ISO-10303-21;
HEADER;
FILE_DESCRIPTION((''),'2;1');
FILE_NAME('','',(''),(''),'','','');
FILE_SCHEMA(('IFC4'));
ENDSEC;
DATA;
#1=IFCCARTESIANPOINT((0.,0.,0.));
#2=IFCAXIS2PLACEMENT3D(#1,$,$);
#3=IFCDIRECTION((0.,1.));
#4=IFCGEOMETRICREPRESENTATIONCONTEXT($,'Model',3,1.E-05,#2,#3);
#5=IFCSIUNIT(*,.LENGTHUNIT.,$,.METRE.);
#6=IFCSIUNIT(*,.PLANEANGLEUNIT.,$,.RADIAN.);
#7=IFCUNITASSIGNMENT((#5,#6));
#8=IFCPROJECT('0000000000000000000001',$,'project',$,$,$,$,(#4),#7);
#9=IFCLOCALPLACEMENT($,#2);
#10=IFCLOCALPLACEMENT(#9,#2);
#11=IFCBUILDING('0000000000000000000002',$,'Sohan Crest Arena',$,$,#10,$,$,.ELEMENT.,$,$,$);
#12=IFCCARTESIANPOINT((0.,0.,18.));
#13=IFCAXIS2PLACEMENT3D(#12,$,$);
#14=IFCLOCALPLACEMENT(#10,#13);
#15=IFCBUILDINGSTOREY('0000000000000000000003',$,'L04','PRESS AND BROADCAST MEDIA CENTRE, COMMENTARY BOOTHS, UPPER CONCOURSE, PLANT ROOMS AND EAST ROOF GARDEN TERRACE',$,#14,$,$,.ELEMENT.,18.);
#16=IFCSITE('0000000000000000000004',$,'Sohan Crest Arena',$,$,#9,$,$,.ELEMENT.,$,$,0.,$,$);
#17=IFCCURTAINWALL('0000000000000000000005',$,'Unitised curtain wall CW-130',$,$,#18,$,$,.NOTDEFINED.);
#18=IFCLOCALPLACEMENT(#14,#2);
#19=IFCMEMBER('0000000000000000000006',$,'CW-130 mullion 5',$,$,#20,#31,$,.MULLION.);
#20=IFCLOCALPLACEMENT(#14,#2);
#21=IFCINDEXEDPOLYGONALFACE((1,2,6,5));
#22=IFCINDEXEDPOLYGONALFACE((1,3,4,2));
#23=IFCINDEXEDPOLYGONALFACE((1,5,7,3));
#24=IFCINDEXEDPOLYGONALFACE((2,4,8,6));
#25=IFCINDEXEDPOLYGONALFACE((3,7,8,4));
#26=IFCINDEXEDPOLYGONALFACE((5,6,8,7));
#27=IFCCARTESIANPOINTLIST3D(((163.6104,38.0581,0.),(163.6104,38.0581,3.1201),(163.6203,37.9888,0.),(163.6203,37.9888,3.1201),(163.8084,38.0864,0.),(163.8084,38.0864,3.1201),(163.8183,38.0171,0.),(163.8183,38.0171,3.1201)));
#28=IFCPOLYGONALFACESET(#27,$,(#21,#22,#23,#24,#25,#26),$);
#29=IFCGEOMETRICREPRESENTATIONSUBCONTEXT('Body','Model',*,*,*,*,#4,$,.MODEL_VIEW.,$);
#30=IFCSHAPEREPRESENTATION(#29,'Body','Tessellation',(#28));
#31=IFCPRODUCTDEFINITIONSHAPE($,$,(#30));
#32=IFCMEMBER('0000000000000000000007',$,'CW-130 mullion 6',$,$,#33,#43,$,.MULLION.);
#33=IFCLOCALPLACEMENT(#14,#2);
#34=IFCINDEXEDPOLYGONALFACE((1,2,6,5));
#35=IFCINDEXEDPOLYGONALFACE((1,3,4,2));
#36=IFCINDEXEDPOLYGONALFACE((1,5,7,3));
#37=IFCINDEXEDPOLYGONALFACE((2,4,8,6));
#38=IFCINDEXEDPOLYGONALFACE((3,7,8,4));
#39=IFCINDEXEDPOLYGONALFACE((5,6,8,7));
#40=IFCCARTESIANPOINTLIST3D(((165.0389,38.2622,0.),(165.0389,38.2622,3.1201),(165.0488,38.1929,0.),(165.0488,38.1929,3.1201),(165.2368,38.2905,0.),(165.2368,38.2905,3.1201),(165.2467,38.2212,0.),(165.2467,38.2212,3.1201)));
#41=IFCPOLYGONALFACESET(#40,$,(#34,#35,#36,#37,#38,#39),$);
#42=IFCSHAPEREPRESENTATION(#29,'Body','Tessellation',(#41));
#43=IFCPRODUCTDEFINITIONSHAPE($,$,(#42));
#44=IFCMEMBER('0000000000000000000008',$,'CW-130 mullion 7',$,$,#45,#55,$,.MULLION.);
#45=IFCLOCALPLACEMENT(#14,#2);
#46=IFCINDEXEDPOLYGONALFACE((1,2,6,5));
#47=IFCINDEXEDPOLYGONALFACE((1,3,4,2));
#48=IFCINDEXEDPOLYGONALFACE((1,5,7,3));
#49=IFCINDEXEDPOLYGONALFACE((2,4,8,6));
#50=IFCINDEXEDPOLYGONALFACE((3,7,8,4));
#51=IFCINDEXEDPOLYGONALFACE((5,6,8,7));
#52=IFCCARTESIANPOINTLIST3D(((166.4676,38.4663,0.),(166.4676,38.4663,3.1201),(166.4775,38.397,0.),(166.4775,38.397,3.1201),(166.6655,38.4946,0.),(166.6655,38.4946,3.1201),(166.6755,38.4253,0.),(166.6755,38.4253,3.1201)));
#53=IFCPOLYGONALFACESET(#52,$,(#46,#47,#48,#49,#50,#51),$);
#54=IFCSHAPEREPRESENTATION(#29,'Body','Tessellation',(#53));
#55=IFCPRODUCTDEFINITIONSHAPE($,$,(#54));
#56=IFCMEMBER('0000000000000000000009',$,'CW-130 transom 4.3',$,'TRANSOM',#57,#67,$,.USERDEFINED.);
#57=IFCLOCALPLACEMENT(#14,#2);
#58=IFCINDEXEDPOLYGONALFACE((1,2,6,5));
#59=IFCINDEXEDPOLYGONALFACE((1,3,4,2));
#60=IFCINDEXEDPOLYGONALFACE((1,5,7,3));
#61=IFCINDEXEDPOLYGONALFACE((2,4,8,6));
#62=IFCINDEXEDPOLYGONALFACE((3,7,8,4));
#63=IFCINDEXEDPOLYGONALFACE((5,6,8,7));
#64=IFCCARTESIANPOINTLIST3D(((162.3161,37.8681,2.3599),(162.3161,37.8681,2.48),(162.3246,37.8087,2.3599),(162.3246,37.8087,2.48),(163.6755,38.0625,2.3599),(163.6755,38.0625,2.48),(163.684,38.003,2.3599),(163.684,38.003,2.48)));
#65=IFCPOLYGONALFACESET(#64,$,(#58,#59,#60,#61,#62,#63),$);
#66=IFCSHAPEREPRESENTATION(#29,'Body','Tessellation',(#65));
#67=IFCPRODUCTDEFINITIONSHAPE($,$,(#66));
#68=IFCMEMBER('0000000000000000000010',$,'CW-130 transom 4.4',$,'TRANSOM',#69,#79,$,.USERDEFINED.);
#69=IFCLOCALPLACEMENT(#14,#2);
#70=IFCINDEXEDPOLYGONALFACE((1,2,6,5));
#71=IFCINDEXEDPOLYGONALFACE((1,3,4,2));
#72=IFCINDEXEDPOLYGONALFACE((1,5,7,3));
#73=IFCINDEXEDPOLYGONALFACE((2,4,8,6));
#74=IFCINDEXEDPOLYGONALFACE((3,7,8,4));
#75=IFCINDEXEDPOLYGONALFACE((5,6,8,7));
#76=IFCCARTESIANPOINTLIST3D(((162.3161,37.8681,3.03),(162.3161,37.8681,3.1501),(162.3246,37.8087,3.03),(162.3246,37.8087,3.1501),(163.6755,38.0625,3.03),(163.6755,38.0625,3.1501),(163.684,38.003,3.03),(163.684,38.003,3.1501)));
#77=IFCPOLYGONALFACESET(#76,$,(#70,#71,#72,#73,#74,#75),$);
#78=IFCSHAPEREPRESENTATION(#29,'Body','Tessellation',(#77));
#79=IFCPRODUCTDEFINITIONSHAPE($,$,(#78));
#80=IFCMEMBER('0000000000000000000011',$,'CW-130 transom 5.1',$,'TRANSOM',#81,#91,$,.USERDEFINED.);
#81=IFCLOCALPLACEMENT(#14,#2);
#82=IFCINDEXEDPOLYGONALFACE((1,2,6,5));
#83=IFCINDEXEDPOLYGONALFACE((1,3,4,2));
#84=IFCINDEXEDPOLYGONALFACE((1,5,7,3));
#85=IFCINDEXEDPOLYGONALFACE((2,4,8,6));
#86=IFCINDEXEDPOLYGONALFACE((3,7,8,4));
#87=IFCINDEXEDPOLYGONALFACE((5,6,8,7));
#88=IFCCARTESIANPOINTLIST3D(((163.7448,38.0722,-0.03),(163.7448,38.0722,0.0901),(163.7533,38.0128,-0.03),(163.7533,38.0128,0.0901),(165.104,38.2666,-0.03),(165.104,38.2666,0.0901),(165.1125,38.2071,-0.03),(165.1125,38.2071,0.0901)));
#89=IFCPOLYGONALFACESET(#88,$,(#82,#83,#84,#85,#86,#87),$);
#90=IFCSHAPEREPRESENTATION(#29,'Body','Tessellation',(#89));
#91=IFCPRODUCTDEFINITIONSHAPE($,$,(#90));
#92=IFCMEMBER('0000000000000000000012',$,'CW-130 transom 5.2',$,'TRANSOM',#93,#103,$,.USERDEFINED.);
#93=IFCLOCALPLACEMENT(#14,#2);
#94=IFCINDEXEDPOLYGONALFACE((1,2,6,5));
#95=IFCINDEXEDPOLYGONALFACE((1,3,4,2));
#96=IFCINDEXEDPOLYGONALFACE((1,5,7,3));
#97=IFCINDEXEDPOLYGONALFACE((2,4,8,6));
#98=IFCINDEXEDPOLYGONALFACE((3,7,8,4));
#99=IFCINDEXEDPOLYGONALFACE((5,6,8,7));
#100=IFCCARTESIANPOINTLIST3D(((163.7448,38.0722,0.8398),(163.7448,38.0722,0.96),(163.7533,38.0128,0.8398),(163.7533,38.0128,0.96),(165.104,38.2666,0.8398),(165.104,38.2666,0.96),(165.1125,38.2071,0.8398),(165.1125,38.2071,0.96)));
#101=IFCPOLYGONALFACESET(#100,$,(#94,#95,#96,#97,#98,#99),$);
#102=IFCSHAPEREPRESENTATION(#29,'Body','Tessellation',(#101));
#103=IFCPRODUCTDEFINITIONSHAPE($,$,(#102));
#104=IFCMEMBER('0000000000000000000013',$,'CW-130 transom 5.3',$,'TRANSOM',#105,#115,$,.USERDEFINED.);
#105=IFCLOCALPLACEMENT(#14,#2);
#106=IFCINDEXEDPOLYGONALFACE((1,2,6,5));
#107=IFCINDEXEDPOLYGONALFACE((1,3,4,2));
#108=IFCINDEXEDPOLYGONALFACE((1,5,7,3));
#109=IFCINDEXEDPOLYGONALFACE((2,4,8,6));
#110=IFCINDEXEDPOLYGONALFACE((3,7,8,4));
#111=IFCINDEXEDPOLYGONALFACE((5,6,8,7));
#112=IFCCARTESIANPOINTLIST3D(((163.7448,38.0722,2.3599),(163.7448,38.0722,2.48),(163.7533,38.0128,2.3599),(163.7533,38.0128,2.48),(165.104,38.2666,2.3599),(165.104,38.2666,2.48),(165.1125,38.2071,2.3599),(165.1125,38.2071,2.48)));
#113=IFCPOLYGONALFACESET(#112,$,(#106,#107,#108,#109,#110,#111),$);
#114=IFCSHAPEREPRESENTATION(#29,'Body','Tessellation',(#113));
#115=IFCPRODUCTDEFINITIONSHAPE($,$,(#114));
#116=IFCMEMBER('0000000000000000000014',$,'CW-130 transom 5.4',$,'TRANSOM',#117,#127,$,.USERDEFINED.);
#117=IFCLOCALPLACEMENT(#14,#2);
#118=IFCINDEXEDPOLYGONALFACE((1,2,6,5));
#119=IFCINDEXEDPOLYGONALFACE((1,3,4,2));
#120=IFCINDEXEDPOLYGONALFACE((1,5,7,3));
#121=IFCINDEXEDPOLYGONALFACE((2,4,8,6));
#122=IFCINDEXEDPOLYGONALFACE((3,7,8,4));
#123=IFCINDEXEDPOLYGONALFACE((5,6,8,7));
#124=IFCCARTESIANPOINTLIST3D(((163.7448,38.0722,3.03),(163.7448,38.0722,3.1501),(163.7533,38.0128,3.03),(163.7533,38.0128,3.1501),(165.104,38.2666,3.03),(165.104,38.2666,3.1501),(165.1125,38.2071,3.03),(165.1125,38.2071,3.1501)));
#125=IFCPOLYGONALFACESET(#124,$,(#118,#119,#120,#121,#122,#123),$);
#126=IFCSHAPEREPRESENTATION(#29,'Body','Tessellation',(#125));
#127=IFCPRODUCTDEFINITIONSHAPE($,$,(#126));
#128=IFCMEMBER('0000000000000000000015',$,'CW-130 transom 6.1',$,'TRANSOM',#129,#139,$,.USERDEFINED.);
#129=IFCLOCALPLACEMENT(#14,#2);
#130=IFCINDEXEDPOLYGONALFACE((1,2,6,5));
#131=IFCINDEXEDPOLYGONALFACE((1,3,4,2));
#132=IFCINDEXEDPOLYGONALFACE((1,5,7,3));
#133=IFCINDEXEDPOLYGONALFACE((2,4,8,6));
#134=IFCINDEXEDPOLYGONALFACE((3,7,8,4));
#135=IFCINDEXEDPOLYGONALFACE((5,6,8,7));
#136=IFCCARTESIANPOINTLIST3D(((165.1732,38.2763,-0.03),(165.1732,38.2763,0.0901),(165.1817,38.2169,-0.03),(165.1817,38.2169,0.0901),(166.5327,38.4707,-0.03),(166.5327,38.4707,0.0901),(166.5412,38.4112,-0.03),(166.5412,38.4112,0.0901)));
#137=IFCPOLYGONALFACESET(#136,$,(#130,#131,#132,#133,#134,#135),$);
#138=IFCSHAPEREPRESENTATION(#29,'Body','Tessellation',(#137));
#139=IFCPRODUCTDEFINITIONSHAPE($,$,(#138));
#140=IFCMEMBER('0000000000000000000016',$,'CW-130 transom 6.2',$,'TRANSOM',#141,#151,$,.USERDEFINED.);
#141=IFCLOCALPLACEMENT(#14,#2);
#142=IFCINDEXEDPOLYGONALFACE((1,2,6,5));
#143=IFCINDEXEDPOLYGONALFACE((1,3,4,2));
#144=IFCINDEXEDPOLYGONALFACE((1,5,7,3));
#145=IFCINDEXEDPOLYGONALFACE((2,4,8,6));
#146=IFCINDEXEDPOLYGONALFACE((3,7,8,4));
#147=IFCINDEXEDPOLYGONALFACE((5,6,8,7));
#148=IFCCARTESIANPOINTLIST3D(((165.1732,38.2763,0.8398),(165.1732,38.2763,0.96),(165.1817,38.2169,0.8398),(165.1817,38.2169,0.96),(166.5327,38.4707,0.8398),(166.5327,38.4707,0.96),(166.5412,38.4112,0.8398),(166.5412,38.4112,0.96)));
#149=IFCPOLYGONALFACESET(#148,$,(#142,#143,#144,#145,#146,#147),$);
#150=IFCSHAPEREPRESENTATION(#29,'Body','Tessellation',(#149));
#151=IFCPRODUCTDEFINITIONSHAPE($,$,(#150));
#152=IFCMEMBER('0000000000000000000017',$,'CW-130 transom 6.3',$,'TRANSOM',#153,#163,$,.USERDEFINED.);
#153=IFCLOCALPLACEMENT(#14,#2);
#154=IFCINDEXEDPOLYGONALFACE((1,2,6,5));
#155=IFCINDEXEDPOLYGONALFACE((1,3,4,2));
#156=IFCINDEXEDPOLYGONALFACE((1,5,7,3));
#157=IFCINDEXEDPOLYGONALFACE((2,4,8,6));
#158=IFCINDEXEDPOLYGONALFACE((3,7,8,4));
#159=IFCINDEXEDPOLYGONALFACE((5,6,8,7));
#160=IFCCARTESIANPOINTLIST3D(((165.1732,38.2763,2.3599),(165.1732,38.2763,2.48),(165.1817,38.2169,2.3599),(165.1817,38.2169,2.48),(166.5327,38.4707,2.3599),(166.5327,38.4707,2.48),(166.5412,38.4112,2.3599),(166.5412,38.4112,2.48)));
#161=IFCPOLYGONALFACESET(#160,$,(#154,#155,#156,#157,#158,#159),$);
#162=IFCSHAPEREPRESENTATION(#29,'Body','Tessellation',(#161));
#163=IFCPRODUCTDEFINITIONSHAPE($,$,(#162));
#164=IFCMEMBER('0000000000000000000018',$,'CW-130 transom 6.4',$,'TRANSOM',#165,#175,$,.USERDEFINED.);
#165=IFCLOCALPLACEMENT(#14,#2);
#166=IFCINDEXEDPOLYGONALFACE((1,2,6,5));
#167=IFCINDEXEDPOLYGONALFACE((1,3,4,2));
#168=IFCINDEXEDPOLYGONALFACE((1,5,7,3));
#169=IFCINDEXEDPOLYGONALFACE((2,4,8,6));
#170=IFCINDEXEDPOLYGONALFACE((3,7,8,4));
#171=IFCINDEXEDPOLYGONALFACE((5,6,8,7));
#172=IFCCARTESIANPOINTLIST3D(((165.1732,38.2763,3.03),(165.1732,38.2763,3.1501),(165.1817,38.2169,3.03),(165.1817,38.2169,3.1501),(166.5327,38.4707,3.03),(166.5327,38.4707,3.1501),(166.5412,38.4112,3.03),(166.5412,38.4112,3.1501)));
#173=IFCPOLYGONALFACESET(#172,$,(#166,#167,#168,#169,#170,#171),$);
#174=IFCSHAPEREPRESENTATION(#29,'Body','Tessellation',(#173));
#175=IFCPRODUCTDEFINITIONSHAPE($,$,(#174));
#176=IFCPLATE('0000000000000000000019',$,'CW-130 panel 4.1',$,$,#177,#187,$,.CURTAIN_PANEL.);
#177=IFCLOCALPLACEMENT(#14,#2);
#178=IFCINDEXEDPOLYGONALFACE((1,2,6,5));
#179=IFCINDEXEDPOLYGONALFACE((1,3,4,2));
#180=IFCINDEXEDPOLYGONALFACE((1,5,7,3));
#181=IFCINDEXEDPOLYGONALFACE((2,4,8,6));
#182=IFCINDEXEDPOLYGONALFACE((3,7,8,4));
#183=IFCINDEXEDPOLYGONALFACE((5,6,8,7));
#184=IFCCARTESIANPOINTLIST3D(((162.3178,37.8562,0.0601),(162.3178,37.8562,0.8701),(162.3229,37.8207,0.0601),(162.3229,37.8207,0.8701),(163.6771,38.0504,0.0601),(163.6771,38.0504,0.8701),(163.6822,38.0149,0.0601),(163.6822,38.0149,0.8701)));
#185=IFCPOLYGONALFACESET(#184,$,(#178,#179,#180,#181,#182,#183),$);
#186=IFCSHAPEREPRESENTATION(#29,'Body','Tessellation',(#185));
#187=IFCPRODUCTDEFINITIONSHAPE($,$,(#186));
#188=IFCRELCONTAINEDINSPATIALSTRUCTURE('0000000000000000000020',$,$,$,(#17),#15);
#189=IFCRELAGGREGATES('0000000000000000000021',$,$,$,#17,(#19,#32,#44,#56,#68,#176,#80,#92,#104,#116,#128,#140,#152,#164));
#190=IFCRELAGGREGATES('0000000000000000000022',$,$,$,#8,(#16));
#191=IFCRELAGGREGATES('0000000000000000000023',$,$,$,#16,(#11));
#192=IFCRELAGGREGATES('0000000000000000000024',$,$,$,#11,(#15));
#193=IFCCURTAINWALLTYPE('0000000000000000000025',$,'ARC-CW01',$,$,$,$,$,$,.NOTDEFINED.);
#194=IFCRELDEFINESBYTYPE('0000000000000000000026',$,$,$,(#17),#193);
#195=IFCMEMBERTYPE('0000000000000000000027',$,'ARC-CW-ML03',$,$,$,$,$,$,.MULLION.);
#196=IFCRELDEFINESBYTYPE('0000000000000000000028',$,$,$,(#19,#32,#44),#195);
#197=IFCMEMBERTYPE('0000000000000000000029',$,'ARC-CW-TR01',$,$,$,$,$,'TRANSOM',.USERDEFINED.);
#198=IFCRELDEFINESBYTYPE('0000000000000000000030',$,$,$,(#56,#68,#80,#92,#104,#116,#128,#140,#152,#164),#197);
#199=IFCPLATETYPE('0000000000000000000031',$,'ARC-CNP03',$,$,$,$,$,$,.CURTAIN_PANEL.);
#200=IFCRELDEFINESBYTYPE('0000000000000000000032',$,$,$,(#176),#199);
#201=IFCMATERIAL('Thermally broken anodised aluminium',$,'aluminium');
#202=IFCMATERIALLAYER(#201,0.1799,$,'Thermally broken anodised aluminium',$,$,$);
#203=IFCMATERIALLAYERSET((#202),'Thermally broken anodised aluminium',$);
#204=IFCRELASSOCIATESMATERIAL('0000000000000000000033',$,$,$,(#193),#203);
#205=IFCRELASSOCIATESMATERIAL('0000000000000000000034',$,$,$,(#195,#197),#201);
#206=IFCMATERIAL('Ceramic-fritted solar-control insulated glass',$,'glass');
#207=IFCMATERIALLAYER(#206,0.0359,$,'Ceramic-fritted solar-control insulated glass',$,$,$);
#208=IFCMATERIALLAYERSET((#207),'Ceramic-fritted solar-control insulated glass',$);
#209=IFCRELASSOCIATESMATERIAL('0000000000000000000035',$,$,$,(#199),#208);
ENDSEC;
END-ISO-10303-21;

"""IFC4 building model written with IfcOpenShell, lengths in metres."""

from ifc_helpers import new_model, si_unit, direction, frame, origin, origin_2d, place, context, subcontext, project, spatial, rectangle, extrude, material, layer, layer_set, material_profile, profile_set, type_object, element, aggregate, save


model = new_model("IFC4")

# Units and contexts
model_context = context("Model", 3, precision=1e-05, world=origin(), true_north=direction((0.0, 1.0)))
body_context = subcontext(model_context, "Body", "Model", "MODEL_VIEW")
ifc_project = project(units=[si_unit("LENGTHUNIT", "METRE"), si_unit("PLANEANGLEUNIT", "RADIAN")], contexts=[model_context])

# Site, building, storey
site_placement = place(None, origin())
site = spatial("IfcSite", under=ifc_project, at=site_placement, Name="Sohan Crest Arena", CompositionType="ELEMENT", RefElevation=0.0)
building_placement = place(site_placement, origin())
building = spatial("IfcBuilding", under=site, at=building_placement, Name="Sohan Crest Arena", CompositionType="ELEMENT")
storey_placement = place(building_placement, frame((0.0, 0.0, 18.0)))
storey = spatial("IfcBuildingStorey", under=building, at=storey_placement, Name="L04", Description="PRESS AND BROADCAST MEDIA CENTRE, COMMENTARY BOOTHS, UPPER CONCOURSE, PLANT ROOMS AND EAST ROOF GARDEN TERRACE", CompositionType="ELEMENT", Elevation=18.0)

# Curtain wall, members, plate
ifc_material_1 = material(Name="Thermally broken anodised aluminium", Category="aluminium")
ifc_layer_1 = layer(ifc_material_1, 0.1799, Name="Thermally broken anodised aluminium")
ifc_layer_set_1 = layer_set([ifc_layer_1], Name="Thermally broken anodised aluminium")
curtain_wall_type = type_object("IfcCurtainWallType", Name="ARC-CW01", PredefinedType="NOTDEFINED", material=ifc_layer_set_1)
curtain_wall_placement = place(storey_placement, origin())
curtain_wall = element("IfcCurtainWall", 1, at=curtain_wall_placement, inside=storey, type_object=curtain_wall_type, Name="Unitised curtain wall CW-130", PredefinedType="NOTDEFINED")
ifc_material_profile_1 = material_profile(ifc_material_1, rectangle(XDim=0.0701, YDim=0.2, at=origin_2d()), Name="ALU-MULL 70x200")
ifc_profile_set_1 = profile_set([ifc_material_profile_1], Name="Thermally broken anodised aluminium")
member_type_1 = type_object("IfcMemberType", Name="ARC-CW-ML03", PredefinedType="MULLION", material=ifc_profile_set_1)
member_1_placement = place(storey_placement, frame((163.7144, 38.0376, 0.0), z_axis=(0.0, 0.0, 1.0), x_axis=(-0.141463, 0.989944, 0.0)))
member_1 = element("IfcMember", 2, at=member_1_placement, type_object=member_type_1, Name="CW-130 mullion 5", PredefinedType="MULLION", context=body_context, shape_type="SweptSolid", body=[
    extrude(rectangle(XDim=0.0701, YDim=0.2, at=origin_2d()), origin(), (0.0, 0.0, 1.0), 3.1201),
])
member_2_placement = place(storey_placement, frame((165.1428, 38.2417, 0.0), z_axis=(0.0, 0.0, 1.0), x_axis=(-0.141463, 0.989944, 0.0)))
member_2 = element("IfcMember", 3, at=member_2_placement, type_object=member_type_1, Name="CW-130 mullion 6", PredefinedType="MULLION", context=body_context, shape_type="SweptSolid", body=[
    extrude(rectangle(XDim=0.0701, YDim=0.2, at=origin_2d()), origin(), (0.0, 0.0, 1.0), 3.1201),
])
member_3_placement = place(storey_placement, frame((166.5715, 38.4458, 0.0), z_axis=(0.0, 0.0, 1.0), x_axis=(-0.141463, 0.989944, 0.0)))
member_3 = element("IfcMember", 4, at=member_3_placement, type_object=member_type_1, Name="CW-130 mullion 7", PredefinedType="MULLION", context=body_context, shape_type="SweptSolid", body=[
    extrude(rectangle(XDim=0.0701, YDim=0.2, at=origin_2d()), origin(), (0.0, 0.0, 1.0), 3.1201),
])
ifc_material_profile_2 = material_profile(ifc_material_1, rectangle(XDim=0.0601, YDim=0.1201, at=origin_2d()), Name="ALU-TRAN 60x120")
ifc_profile_set_2 = profile_set([ifc_material_profile_2], Name="Thermally broken anodised aluminium")
member_type_2 = type_object("IfcMemberType", Name="ARC-CW-TR01", ElementType="TRANSOM", PredefinedType="USERDEFINED", material=ifc_profile_set_2)
member_4_placement = place(storey_placement, frame((162.3203, 37.8384, 2.4199), z_axis=(0.989935, 0.141521, 0.0), x_axis=(-0.141521, 0.989935, 0.0)))
member_4 = element("IfcMember", 5, at=member_4_placement, type_object=member_type_2, Name="CW-130 transom 4.3", ObjectType="TRANSOM", PredefinedType="USERDEFINED", context=body_context, shape_type="SweptSolid", body=[
    extrude(rectangle(XDim=0.0601, YDim=0.1201, at=origin_2d()), origin(), (0.0, 0.0, 1.0), 1.3733),
])
member_5_placement = place(storey_placement, frame((162.3203, 37.8384, 3.0901), z_axis=(0.989935, 0.141521, 0.0), x_axis=(-0.141521, 0.989935, 0.0)))
member_5 = element("IfcMember", 6, at=member_5_placement, type_object=member_type_2, Name="CW-130 transom 4.4", ObjectType="TRANSOM", PredefinedType="USERDEFINED", context=body_context, shape_type="SweptSolid", body=[
    extrude(rectangle(XDim=0.0601, YDim=0.1201, at=origin_2d()), origin(), (0.0, 0.0, 1.0), 1.3733),
])
member_6_placement = place(storey_placement, frame((163.749, 38.0425, 0.03), z_axis=(0.989932, 0.141546, 0.0), x_axis=(-0.141546, 0.989932, 0.0)))
member_6 = element("IfcMember", 7, at=member_6_placement, type_object=member_type_2, Name="CW-130 transom 5.1", ObjectType="TRANSOM", PredefinedType="USERDEFINED", context=body_context, shape_type="SweptSolid", body=[
    extrude(rectangle(XDim=0.0601, YDim=0.1201, at=origin_2d()), origin(), (0.0, 0.0, 1.0), 1.373),
])
member_7_placement = place(storey_placement, frame((163.749, 38.0425, 0.8999), z_axis=(0.989932, 0.141546, 0.0), x_axis=(-0.141546, 0.989932, 0.0)))
member_7 = element("IfcMember", 8, at=member_7_placement, type_object=member_type_2, Name="CW-130 transom 5.2", ObjectType="TRANSOM", PredefinedType="USERDEFINED", context=body_context, shape_type="SweptSolid", body=[
    extrude(rectangle(XDim=0.0601, YDim=0.1201, at=origin_2d()), origin(), (0.0, 0.0, 1.0), 1.373),
])
member_8_placement = place(storey_placement, frame((163.749, 38.0425, 2.4199), z_axis=(0.989932, 0.141546, 0.0), x_axis=(-0.141546, 0.989932, 0.0)))
member_8 = element("IfcMember", 9, at=member_8_placement, type_object=member_type_2, Name="CW-130 transom 5.3", ObjectType="TRANSOM", PredefinedType="USERDEFINED", context=body_context, shape_type="SweptSolid", body=[
    extrude(rectangle(XDim=0.0601, YDim=0.1201, at=origin_2d()), origin(), (0.0, 0.0, 1.0), 1.373),
])
member_9_placement = place(storey_placement, frame((163.749, 38.0425, 3.0901), z_axis=(0.989932, 0.141546, 0.0), x_axis=(-0.141546, 0.989932, 0.0)))
member_9 = element("IfcMember", 10, at=member_9_placement, type_object=member_type_2, Name="CW-130 transom 5.4", ObjectType="TRANSOM", PredefinedType="USERDEFINED", context=body_context, shape_type="SweptSolid", body=[
    extrude(rectangle(XDim=0.0601, YDim=0.1201, at=origin_2d()), origin(), (0.0, 0.0, 1.0), 1.373),
])
member_10_placement = place(storey_placement, frame((165.1775, 38.2466, 0.03), z_axis=(0.989935, 0.141521, 0.0), x_axis=(-0.141521, 0.989935, 0.0)))
member_10 = element("IfcMember", 11, at=member_10_placement, type_object=member_type_2, Name="CW-130 transom 6.1", ObjectType="TRANSOM", PredefinedType="USERDEFINED", context=body_context, shape_type="SweptSolid", body=[
    extrude(rectangle(XDim=0.0601, YDim=0.1201, at=origin_2d()), origin(), (0.0, 0.0, 1.0), 1.3733),
])
member_11_placement = place(storey_placement, frame((165.1775, 38.2466, 0.8999), z_axis=(0.989935, 0.141521, 0.0), x_axis=(-0.141521, 0.989935, 0.0)))
member_11 = element("IfcMember", 12, at=member_11_placement, type_object=member_type_2, Name="CW-130 transom 6.2", ObjectType="TRANSOM", PredefinedType="USERDEFINED", context=body_context, shape_type="SweptSolid", body=[
    extrude(rectangle(XDim=0.0601, YDim=0.1201, at=origin_2d()), origin(), (0.0, 0.0, 1.0), 1.3733),
])
member_12_placement = place(storey_placement, frame((165.1775, 38.2466, 2.4199), z_axis=(0.989935, 0.141521, 0.0), x_axis=(-0.141521, 0.989935, 0.0)))
member_12 = element("IfcMember", 13, at=member_12_placement, type_object=member_type_2, Name="CW-130 transom 6.3", ObjectType="TRANSOM", PredefinedType="USERDEFINED", context=body_context, shape_type="SweptSolid", body=[
    extrude(rectangle(XDim=0.0601, YDim=0.1201, at=origin_2d()), origin(), (0.0, 0.0, 1.0), 1.3733),
])
member_13_placement = place(storey_placement, frame((165.1775, 38.2466, 3.0901), z_axis=(0.989935, 0.141521, 0.0), x_axis=(-0.141521, 0.989935, 0.0)))
member_13 = element("IfcMember", 14, at=member_13_placement, type_object=member_type_2, Name="CW-130 transom 6.4", ObjectType="TRANSOM", PredefinedType="USERDEFINED", context=body_context, shape_type="SweptSolid", body=[
    extrude(rectangle(XDim=0.0601, YDim=0.1201, at=origin_2d()), origin(), (0.0, 0.0, 1.0), 1.3733),
])
ifc_material_2 = material(Name="Ceramic-fritted solar-control insulated glass", Category="glass")
ifc_layer_2 = layer(ifc_material_2, 0.0359, Name="Ceramic-fritted solar-control insulated glass")
ifc_layer_set_2 = layer_set([ifc_layer_2], Name="Ceramic-fritted solar-control insulated glass")
plate_type = type_object("IfcPlateType", Name="ARC-CNP03", PredefinedType="CURTAIN_PANEL", material=ifc_layer_set_2)
plate_1_placement = place(storey_placement, frame((163.0, 37.9355, 0.0601), z_axis=(0.0, 0.0, 1.0), x_axis=(0.989944, 0.141463, 0.0)))
plate_1 = element("IfcPlate", 15, at=plate_1_placement, type_object=plate_type, Name="CW-130 panel 4.1", PredefinedType="CURTAIN_PANEL", context=body_context, shape_type="SweptSolid", body=[
    extrude(rectangle(XDim=1.373, YDim=0.0359, at=origin_2d()), origin(), (0.0, 0.0, 1.0), 0.8101),
])
aggregate(curtain_wall, [member_1, member_2, member_3, member_4, member_5, plate_1, member_6, member_7, member_8, member_9, member_10, member_11, member_12, member_13])

save(model, "model.ifc")
